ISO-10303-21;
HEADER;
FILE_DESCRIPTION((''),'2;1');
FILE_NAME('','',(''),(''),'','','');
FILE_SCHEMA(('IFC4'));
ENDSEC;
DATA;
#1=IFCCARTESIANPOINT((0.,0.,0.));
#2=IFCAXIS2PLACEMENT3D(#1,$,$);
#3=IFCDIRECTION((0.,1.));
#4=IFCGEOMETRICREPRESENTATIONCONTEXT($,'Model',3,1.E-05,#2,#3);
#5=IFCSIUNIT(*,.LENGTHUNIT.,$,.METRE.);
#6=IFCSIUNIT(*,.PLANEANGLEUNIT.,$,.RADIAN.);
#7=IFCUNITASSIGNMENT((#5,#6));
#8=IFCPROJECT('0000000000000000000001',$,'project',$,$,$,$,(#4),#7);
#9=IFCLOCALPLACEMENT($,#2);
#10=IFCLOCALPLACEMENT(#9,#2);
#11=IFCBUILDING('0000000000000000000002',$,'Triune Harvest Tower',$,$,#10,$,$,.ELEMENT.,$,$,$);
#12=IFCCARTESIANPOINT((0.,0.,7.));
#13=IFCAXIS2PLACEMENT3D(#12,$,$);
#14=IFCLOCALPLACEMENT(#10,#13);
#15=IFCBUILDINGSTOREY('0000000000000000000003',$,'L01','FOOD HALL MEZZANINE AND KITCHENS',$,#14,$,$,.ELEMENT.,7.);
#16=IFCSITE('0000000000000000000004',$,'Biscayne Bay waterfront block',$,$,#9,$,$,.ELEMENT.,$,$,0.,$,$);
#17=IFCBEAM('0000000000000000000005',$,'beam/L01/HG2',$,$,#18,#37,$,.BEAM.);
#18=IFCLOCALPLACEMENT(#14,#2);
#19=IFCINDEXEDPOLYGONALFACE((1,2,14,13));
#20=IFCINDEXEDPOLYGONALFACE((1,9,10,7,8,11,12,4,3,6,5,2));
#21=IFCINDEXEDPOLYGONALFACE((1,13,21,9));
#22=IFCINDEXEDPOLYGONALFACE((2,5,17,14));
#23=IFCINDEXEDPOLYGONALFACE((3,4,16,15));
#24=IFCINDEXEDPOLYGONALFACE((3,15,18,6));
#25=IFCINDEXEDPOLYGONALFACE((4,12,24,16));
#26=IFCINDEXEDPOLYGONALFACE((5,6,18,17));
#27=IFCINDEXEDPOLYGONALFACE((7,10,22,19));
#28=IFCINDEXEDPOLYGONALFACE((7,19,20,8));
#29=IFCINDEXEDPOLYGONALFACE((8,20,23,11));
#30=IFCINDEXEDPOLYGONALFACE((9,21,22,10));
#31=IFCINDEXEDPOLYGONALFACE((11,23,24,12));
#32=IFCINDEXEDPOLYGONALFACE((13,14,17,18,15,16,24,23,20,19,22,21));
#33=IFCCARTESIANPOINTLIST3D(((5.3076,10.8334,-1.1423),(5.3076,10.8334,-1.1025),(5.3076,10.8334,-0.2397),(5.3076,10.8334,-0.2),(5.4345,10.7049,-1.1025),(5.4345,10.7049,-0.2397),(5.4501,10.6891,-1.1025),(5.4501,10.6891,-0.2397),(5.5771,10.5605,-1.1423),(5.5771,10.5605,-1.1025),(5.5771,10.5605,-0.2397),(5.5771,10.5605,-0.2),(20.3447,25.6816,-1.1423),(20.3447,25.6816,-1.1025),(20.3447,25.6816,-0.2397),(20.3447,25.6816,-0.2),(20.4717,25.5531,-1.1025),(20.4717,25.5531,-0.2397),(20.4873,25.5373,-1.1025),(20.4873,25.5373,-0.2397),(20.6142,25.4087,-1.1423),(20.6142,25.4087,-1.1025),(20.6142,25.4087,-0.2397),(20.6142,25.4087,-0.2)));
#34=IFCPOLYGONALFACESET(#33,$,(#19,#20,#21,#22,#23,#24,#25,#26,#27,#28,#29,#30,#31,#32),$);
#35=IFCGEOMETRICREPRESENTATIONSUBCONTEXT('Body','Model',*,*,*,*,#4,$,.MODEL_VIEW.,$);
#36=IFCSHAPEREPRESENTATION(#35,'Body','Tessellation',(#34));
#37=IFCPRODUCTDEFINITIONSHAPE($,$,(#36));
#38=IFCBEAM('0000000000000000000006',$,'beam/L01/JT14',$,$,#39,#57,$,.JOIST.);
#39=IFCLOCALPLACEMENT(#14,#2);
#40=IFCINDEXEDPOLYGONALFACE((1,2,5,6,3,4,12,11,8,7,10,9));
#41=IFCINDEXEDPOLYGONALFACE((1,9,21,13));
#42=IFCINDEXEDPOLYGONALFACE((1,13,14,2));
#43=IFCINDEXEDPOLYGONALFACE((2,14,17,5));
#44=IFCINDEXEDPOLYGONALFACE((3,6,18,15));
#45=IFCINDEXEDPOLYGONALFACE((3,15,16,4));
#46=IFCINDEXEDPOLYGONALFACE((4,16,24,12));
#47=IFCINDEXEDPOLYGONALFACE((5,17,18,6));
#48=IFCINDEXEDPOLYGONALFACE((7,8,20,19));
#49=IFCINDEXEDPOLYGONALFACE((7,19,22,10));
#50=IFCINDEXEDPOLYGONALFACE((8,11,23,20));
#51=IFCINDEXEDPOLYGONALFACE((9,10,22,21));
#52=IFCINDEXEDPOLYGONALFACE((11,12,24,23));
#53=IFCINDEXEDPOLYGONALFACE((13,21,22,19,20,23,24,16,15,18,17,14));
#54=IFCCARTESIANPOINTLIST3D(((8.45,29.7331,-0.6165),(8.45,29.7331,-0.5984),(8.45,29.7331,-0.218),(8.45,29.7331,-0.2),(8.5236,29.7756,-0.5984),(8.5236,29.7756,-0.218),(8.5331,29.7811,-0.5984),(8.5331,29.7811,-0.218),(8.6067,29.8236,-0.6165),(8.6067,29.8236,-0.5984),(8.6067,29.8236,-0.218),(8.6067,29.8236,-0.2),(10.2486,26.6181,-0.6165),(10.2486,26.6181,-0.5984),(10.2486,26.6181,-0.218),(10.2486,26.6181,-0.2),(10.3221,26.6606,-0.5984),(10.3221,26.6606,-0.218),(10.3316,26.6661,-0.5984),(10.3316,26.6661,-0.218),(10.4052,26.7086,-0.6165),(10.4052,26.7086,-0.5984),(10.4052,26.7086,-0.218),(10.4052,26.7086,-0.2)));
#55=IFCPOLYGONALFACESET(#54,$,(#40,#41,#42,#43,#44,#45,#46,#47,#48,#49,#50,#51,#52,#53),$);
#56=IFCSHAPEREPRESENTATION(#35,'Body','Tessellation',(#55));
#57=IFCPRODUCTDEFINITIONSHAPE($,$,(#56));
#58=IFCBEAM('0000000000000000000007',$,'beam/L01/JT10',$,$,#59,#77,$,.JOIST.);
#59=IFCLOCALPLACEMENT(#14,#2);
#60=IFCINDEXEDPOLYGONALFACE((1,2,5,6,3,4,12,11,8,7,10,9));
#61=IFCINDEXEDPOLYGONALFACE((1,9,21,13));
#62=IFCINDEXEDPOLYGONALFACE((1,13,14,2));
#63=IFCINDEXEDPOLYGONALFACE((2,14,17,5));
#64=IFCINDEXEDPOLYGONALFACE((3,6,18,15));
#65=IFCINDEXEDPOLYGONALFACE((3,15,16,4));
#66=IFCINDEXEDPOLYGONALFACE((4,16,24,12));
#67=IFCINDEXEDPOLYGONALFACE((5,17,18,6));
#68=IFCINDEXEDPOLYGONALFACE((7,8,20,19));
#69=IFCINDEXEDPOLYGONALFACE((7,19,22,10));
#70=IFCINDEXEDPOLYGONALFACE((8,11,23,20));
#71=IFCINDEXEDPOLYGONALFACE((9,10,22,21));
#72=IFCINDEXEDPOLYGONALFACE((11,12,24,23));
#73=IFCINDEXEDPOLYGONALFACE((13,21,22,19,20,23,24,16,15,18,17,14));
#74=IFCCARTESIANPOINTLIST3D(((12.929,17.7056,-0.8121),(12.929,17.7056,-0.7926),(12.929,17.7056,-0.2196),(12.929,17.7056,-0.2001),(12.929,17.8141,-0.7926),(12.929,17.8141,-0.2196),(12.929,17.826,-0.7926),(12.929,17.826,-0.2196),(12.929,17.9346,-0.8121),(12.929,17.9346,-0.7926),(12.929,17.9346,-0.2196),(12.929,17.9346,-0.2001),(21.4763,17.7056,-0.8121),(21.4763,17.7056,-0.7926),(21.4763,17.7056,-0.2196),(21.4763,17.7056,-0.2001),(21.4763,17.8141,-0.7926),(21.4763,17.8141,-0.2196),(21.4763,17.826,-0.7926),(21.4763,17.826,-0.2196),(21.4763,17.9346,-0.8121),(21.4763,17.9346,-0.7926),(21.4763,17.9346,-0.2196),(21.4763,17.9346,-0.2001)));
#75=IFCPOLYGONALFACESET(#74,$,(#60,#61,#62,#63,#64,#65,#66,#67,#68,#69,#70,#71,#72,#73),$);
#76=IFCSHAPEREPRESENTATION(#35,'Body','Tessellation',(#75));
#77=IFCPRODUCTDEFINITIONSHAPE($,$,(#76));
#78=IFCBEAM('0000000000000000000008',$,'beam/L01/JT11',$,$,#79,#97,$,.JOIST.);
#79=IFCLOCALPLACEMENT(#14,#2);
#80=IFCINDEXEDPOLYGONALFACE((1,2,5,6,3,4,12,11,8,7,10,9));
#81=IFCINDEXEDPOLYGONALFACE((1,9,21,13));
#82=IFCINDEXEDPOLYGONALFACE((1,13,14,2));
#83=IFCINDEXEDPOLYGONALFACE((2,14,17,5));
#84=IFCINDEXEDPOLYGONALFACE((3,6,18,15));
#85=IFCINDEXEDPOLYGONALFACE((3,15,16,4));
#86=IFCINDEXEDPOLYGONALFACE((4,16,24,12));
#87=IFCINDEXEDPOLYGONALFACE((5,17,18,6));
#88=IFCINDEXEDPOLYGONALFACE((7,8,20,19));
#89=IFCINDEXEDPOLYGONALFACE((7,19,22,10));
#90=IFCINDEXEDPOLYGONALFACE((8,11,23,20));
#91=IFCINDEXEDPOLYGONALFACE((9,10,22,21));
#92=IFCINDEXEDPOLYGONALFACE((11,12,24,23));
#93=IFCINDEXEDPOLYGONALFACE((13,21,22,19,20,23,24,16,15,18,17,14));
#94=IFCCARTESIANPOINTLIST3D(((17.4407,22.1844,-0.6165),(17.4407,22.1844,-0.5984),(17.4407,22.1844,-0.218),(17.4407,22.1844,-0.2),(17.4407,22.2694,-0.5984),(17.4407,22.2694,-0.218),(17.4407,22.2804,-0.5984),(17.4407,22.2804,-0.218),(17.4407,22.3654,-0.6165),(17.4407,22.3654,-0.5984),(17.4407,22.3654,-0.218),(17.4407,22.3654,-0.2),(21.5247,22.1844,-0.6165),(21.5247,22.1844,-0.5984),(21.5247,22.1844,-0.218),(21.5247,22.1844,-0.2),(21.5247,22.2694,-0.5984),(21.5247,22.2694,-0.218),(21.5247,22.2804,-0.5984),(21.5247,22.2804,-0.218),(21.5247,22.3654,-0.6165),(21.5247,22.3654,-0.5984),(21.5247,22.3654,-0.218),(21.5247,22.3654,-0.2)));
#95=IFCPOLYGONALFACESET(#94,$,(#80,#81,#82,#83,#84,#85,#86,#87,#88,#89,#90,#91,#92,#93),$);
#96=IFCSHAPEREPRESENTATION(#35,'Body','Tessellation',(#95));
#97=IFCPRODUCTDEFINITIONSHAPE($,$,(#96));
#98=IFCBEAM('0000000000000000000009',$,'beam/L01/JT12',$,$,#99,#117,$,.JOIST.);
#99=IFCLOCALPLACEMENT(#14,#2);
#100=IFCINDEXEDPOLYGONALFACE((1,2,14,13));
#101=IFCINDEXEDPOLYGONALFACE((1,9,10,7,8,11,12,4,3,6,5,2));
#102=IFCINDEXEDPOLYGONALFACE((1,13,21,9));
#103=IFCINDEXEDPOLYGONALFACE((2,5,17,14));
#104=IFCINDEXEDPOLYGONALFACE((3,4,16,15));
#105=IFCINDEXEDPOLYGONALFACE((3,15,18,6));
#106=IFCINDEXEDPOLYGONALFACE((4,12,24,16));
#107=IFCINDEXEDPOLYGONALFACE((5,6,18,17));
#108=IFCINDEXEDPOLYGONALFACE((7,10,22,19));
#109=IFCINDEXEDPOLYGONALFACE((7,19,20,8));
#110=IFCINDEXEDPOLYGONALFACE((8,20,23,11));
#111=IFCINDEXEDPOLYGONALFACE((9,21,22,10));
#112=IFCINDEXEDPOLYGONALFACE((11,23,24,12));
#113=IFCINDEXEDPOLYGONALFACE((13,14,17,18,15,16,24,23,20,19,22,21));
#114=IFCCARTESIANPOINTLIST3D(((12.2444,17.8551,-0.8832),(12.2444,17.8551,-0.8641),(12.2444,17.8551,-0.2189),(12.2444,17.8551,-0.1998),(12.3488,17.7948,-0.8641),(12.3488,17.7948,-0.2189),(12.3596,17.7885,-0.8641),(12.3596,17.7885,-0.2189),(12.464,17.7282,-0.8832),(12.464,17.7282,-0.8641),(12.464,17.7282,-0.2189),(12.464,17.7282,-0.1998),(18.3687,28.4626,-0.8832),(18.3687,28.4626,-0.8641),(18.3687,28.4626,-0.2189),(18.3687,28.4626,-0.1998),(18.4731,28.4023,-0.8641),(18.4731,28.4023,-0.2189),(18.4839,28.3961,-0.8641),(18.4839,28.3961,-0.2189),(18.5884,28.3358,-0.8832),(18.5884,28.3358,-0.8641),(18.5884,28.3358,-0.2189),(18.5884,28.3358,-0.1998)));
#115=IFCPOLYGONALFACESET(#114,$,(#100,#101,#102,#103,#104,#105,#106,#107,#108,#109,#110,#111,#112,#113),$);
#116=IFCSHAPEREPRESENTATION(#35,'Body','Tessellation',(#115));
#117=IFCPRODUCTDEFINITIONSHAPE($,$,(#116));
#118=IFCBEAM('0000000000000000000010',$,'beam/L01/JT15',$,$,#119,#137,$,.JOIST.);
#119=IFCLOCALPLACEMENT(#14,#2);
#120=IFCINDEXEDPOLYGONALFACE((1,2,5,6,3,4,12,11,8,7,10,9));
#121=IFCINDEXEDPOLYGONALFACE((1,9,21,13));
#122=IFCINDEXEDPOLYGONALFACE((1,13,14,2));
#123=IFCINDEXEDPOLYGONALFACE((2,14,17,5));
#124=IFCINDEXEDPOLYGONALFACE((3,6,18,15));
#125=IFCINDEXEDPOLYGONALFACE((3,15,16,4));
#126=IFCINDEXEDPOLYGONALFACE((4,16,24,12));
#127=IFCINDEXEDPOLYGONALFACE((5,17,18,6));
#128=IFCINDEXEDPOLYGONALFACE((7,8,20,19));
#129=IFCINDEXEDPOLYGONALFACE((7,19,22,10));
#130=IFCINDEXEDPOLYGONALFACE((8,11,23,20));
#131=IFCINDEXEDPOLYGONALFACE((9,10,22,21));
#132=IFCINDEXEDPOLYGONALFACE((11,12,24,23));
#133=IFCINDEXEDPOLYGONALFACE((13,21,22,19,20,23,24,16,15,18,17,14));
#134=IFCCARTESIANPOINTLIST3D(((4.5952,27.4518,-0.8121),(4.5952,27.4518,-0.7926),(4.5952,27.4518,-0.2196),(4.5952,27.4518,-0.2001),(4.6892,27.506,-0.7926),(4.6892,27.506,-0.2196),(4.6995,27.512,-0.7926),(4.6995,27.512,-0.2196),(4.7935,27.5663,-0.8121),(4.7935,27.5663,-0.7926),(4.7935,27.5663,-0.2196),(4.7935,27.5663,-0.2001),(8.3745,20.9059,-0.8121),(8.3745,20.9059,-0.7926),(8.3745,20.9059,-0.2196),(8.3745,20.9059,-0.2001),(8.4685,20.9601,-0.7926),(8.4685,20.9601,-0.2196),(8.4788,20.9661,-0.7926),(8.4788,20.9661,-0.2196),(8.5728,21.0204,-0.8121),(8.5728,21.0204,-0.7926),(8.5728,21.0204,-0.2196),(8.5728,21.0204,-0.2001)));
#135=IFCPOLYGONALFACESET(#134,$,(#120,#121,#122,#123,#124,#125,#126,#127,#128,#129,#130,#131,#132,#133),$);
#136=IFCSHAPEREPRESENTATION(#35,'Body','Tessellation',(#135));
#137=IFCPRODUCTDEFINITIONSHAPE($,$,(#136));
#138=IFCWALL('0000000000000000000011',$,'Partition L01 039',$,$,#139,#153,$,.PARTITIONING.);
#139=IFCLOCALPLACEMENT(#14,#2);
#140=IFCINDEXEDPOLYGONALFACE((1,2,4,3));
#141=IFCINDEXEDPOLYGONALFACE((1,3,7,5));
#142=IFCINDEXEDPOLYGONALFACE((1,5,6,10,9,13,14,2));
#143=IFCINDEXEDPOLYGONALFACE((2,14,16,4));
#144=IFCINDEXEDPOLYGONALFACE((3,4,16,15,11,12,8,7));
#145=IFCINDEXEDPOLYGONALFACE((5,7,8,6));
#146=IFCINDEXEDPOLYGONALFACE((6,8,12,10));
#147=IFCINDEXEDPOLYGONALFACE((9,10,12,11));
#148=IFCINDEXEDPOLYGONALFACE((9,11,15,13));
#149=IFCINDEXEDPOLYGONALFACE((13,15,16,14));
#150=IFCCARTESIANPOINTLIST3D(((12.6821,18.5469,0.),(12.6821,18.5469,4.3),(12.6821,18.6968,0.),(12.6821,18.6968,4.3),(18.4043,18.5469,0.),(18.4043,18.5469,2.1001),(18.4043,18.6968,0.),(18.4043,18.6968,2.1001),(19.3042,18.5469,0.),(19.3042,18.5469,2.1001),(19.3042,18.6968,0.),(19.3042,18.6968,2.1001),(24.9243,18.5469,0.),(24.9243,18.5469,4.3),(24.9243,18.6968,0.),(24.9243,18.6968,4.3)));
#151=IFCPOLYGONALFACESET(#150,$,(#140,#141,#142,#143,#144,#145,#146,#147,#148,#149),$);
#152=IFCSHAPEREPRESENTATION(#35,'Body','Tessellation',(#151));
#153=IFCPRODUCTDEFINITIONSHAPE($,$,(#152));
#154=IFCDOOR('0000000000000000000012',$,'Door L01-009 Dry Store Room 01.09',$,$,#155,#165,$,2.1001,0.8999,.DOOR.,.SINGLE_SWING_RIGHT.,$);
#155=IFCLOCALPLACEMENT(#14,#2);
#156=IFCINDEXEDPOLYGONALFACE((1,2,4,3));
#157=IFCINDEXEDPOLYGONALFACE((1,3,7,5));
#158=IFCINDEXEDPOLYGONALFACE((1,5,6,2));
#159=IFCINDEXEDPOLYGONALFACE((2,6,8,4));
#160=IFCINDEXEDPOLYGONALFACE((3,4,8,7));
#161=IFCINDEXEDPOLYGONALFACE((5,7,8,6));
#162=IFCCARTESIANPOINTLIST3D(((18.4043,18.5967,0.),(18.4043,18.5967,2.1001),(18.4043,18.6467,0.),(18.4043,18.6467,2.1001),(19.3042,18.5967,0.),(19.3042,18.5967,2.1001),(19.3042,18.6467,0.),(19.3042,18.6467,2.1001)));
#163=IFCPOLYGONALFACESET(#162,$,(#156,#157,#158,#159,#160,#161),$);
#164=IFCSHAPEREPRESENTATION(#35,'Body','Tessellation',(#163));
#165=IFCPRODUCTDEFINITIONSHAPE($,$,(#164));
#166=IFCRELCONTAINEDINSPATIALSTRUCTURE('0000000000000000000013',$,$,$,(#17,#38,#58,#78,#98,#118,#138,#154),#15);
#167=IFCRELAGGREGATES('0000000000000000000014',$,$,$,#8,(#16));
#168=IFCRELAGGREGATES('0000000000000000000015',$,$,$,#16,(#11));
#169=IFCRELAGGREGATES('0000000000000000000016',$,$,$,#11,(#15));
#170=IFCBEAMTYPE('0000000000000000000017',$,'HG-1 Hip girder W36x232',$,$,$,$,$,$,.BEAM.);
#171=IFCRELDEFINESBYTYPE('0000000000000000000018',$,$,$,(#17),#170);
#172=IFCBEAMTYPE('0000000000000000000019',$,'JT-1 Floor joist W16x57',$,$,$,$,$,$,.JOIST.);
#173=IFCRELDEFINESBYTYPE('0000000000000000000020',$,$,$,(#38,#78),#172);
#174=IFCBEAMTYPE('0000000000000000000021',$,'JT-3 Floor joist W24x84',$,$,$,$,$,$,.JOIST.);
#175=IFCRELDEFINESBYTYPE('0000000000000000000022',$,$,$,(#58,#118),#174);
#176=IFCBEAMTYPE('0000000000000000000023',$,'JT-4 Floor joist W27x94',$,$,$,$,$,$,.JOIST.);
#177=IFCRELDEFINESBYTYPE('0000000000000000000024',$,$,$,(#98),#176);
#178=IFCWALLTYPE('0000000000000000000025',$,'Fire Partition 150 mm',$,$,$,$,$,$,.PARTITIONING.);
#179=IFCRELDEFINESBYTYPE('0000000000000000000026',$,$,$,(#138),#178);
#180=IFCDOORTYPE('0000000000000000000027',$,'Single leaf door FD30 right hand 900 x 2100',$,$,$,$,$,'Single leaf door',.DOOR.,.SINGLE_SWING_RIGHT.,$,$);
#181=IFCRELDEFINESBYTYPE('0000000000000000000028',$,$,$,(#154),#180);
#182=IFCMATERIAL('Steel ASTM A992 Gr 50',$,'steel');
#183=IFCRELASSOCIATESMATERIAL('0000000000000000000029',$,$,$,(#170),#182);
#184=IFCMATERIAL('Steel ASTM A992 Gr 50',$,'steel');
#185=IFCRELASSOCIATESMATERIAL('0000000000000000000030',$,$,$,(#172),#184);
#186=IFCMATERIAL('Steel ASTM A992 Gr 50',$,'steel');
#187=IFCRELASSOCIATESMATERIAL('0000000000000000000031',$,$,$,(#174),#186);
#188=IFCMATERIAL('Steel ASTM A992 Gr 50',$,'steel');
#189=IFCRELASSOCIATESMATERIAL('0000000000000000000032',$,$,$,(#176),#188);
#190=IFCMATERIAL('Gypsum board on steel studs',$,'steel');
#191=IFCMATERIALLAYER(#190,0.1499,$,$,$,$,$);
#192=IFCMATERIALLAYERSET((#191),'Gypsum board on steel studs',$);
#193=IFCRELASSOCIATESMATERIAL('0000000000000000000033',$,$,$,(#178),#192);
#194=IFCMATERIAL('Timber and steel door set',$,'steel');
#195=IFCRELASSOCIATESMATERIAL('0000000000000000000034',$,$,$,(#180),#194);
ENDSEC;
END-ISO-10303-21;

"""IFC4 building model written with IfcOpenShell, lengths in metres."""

from ifc_helpers import new_model, si_unit, direction, frame, frame_2d, origin, origin_2d, place, context, subcontext, project, spatial, rectangle, i_section, extrude, source, transform, mapped, material, layer, layer_set, material_profile, profile_set, type_object, element, fill, save


model = new_model("IFC4")

# Units and contexts
model_context = context("Model", 3, precision=1e-05, world=origin(), true_north=direction((0.0, 1.0)))
body_context = subcontext(model_context, "Body", "Model", "MODEL_VIEW")
ifc_project = project(units=[si_unit("LENGTHUNIT", "METRE"), si_unit("PLANEANGLEUNIT", "RADIAN")], contexts=[model_context])

# Site, building, storey
site_placement = place(None, origin())
site = spatial("IfcSite", under=ifc_project, at=site_placement, Name="Biscayne Bay waterfront block", CompositionType="ELEMENT", RefElevation=0.0)
building_placement = place(site_placement, origin())
building = spatial("IfcBuilding", under=site, at=building_placement, Name="Triune Harvest Tower", CompositionType="ELEMENT")
storey_placement = place(building_placement, frame((0.0, 0.0, 7.0)))
storey = spatial("IfcBuildingStorey", under=building, at=storey_placement, Name="L01", Description="FOOD HALL MEZZANINE AND KITCHENS", CompositionType="ELEMENT", Elevation=7.0)

# Beams
ifc_material_1 = material(Name="Steel ASTM A992 Gr 50", Category="steel")
ifc_material_profile_1 = material_profile(ifc_material_1, i_section(OverallWidth=0.3835, OverallDepth=0.9424, WebThickness=0.0222, FlangeThickness=0.0398, at=origin_2d()), Name="W36x232")
ifc_profile_set_1 = profile_set([ifc_material_profile_1], Name="Steel ASTM A992 Gr 50")
beam_type_1 = type_object("IfcBeamType", Name="HG-1 Hip girder W36x232", PredefinedType="BEAM", material=ifc_profile_set_1)
shared_shape_1 = source(origin(), body_context, "Body", "SweptSolid", [
    extrude(i_section(OverallWidth=0.3835, OverallDepth=0.9424, WebThickness=0.0222, FlangeThickness=0.0398, at=origin_2d()), origin(), (0.0, 0.0, 1.0), 21.1326),
])
beam_1_placement = place(storey_placement, frame((20.4795, 25.5452, -0.6711), z_axis=(-0.711564, -0.702622, 0.0), x_axis=(0.702622, -0.711564, 0.0)))
element("IfcBeam", 1, at=beam_1_placement, inside=storey, type_object=beam_type_1, Name="beam/L01/HG2", PredefinedType="BEAM", context=body_context, shape_type="MappedRepresentation", body=[
    mapped(shared_shape_1, transform((0.0, 0.0, 0.0), scale=1.0)),
])
ifc_material_2 = material(Name="Steel ASTM A992 Gr 50", Category="steel")
ifc_material_profile_2 = material_profile(ifc_material_2, i_section(OverallWidth=0.1809, OverallDepth=0.4165, WebThickness=0.011, FlangeThickness=0.0181, at=origin_2d()), Name="W16x57")
ifc_profile_set_2 = profile_set([ifc_material_profile_2], Name="Steel ASTM A992 Gr 50")
beam_type_2 = type_object("IfcBeamType", Name="JT-1 Floor joist W16x57", PredefinedType="JOIST", material=ifc_profile_set_2)
shared_shape_2 = source(origin(), body_context, "Body", "SweptSolid", [
    extrude(i_section(OverallWidth=0.1809, OverallDepth=0.4165, WebThickness=0.011, FlangeThickness=0.0181, at=origin_2d()), origin(), (0.0, 0.0, 1.0), 3.5969),
])
beam_2_placement = place(storey_placement, frame((8.5283, 29.7783, -0.4082), z_axis=(0.50003, -0.866008, 0.0), x_axis=(0.866008, 0.50003, 0.0)))
element("IfcBeam", 2, at=beam_2_placement, inside=storey, type_object=beam_type_2, Name="beam/L01/JT14", PredefinedType="JOIST", context=body_context, shape_type="MappedRepresentation", body=[
    mapped(shared_shape_2, transform((0.0, 0.0, 0.0), scale=1.0)),
])
ifc_material_3 = material(Name="Steel ASTM A992 Gr 50", Category="steel")
ifc_material_profile_3 = material_profile(ifc_material_3, i_section(OverallWidth=0.229, OverallDepth=0.6121, WebThickness=0.012, FlangeThickness=0.0195, at=origin_2d()), Name="W24x84")
ifc_profile_set_3 = profile_set([ifc_material_profile_3], Name="Steel ASTM A992 Gr 50")
beam_type_3 = type_object("IfcBeamType", Name="JT-3 Floor joist W24x84", PredefinedType="JOIST", material=ifc_profile_set_3)
shared_shape_3 = source(origin(), body_context, "Body", "SweptSolid", [
    extrude(i_section(OverallWidth=0.229, OverallDepth=0.6121, WebThickness=0.012, FlangeThickness=0.0195, at=origin_2d()), origin(), (0.0, 0.0, 1.0), 8.5474),
])
beam_3_placement = place(storey_placement, frame((21.4763, 17.8201, -0.5061), z_axis=(-1.0, 0.0, 0.0), x_axis=(0.0, -1.0, 0.0)))
element("IfcBeam", 3, at=beam_3_placement, inside=storey, type_object=beam_type_3, Name="beam/L01/JT10", PredefinedType="JOIST", context=body_context, shape_type="MappedRepresentation", body=[
    mapped(shared_shape_3, transform((0.0, 0.0, 0.0), scale=1.0)),
])
shared_shape_4 = source(origin(), body_context, "Body", "SweptSolid", [
    extrude(i_section(OverallWidth=0.1809, OverallDepth=0.4165, WebThickness=0.011, FlangeThickness=0.0181, at=origin_2d()), origin(), (0.0, 0.0, 1.0), 4.084),
])
beam_4_placement = place(storey_placement, frame((21.5247, 22.2749, -0.4082), z_axis=(-1.0, 0.0, 0.0), x_axis=(0.0, -1.0, 0.0)))
element("IfcBeam", 4, at=beam_4_placement, inside=storey, type_object=beam_type_2, Name="beam/L01/JT11", PredefinedType="JOIST", context=body_context, shape_type="MappedRepresentation", body=[
    mapped(shared_shape_4, transform((0.0, 0.0, 0.0), scale=1.0)),
])
ifc_material_4 = material(Name="Steel ASTM A992 Gr 50", Category="steel")
ifc_material_profile_4 = material_profile(ifc_material_4, i_section(OverallWidth=0.2537, OverallDepth=0.6833, WebThickness=0.0125, FlangeThickness=0.019, at=origin_2d()), Name="W27x94")
ifc_profile_set_4 = profile_set([ifc_material_profile_4], Name="Steel ASTM A992 Gr 50")
beam_type_4 = type_object("IfcBeamType", Name="JT-4 Floor joist W27x94", PredefinedType="JOIST", material=ifc_profile_set_4)
shared_shape_5 = source(origin(), body_context, "Body", "SweptSolid", [
    extrude(i_section(OverallWidth=0.2537, OverallDepth=0.6833, WebThickness=0.0125, FlangeThickness=0.019, at=origin_2d()), origin(), (0.0, 0.0, 1.0), 12.2485),
])
beam_5_placement = place(storey_placement, frame((18.4785, 28.3992, -0.5415), z_axis=(-0.500004, -0.866023, 0.0), x_axis=(0.866023, -0.500004, 0.0)))
element("IfcBeam", 5, at=beam_5_placement, inside=storey, type_object=beam_type_4, Name="beam/L01/JT12", PredefinedType="JOIST", context=body_context, shape_type="MappedRepresentation", body=[
    mapped(shared_shape_5, transform((0.0, 0.0, 0.0), scale=1.0)),
])
shared_shape_6 = source(origin(), body_context, "Body", "SweptSolid", [
    extrude(i_section(OverallWidth=0.229, OverallDepth=0.6121, WebThickness=0.012, FlangeThickness=0.0195, at=origin_2d()), origin(), (0.0, 0.0, 1.0), 7.5586),
])
beam_6_placement = place(storey_placement, frame((4.6943, 27.509, -0.5061), z_axis=(0.500002, -0.866024, 0.0), x_axis=(0.866024, 0.500002, 0.0)))
element("IfcBeam", 6, at=beam_6_placement, inside=storey, type_object=beam_type_3, Name="beam/L01/JT15", PredefinedType="JOIST", context=body_context, shape_type="MappedRepresentation", body=[
    mapped(shared_shape_6, transform((0.0, 0.0, 0.0), scale=1.0)),
])

# Wall, opening, door
ifc_material_5 = material(Name="Gypsum board on steel studs", Category="steel")
ifc_layer_1 = layer(ifc_material_5, 0.1499)
ifc_layer_set_1 = layer_set([ifc_layer_1], Name="Gypsum board on steel studs")
wall_type_1 = type_object("IfcWallType", Name="Fire Partition 150 mm", PredefinedType="PARTITIONING", material=ifc_layer_set_1)
wall_1_placement = place(storey_placement, frame((12.6821, 18.6218, 0.0), z_axis=(0.0, 0.0, 1.0), x_axis=(1.0, 0.0, 0.0)))
wall_1 = element("IfcWall", 7, at=wall_1_placement, inside=storey, type_object=wall_type_1, Name="Partition L01 039", PredefinedType="PARTITIONING", context=body_context, shape_type="SweptSolid", body=[
    extrude(rectangle(XDim=12.2422, YDim=0.1499, at=frame_2d((6.1211, 0.0))), origin(), (0.0, 0.0, 1.0), 4.3),
])
opening_1_placement = place(wall_1_placement, frame((5.7222, 0.0, 0.0)))
opening_1 = element("IfcOpeningElement", 8, at=opening_1_placement, cuts=wall_1, PredefinedType="OPENING", context=body_context, shape_type="SweptSolid", body=[
    extrude(rectangle(XDim=0.8999, YDim=2.1001, at=frame_2d((0.45, 1.05))), frame((0.0, 0.085, 0.0), z_axis=(0.0, -1.0, 0.0), x_axis=(1.0, 0.0, 0.0)), (0.0, 0.0, 1.0), 0.1699),
])
ifc_material_6 = material(Name="Timber and steel door set", Category="steel")
door_type = type_object("IfcDoorType", Name="Single leaf door FD30 right hand 900 x 2100", ElementType="Single leaf door", OperationType="SINGLE_SWING_RIGHT", PredefinedType="DOOR", material=ifc_material_6)
door_1_placement = place(opening_1_placement, origin())
door_1 = element("IfcDoor", 9, at=door_1_placement, inside=storey, type_object=door_type, Name="Door L01-009 Dry Store Room 01.09", OperationType="SINGLE_SWING_RIGHT", OverallHeight=2.1001, OverallWidth=0.8999, PredefinedType="DOOR", context=body_context, shape_type="SweptSolid", body=[
    extrude(rectangle(XDim=0.8999, YDim=2.1001, at=frame_2d((0.45, 1.05))), frame((0.0, 0.0249, 0.0), z_axis=(0.0, -1.0, 0.0), x_axis=(1.0, 0.0, 0.0)), (0.0, 0.0, 1.0), 0.05),
])
fill(opening_1, door_1)

save(model, "model.ifc")
